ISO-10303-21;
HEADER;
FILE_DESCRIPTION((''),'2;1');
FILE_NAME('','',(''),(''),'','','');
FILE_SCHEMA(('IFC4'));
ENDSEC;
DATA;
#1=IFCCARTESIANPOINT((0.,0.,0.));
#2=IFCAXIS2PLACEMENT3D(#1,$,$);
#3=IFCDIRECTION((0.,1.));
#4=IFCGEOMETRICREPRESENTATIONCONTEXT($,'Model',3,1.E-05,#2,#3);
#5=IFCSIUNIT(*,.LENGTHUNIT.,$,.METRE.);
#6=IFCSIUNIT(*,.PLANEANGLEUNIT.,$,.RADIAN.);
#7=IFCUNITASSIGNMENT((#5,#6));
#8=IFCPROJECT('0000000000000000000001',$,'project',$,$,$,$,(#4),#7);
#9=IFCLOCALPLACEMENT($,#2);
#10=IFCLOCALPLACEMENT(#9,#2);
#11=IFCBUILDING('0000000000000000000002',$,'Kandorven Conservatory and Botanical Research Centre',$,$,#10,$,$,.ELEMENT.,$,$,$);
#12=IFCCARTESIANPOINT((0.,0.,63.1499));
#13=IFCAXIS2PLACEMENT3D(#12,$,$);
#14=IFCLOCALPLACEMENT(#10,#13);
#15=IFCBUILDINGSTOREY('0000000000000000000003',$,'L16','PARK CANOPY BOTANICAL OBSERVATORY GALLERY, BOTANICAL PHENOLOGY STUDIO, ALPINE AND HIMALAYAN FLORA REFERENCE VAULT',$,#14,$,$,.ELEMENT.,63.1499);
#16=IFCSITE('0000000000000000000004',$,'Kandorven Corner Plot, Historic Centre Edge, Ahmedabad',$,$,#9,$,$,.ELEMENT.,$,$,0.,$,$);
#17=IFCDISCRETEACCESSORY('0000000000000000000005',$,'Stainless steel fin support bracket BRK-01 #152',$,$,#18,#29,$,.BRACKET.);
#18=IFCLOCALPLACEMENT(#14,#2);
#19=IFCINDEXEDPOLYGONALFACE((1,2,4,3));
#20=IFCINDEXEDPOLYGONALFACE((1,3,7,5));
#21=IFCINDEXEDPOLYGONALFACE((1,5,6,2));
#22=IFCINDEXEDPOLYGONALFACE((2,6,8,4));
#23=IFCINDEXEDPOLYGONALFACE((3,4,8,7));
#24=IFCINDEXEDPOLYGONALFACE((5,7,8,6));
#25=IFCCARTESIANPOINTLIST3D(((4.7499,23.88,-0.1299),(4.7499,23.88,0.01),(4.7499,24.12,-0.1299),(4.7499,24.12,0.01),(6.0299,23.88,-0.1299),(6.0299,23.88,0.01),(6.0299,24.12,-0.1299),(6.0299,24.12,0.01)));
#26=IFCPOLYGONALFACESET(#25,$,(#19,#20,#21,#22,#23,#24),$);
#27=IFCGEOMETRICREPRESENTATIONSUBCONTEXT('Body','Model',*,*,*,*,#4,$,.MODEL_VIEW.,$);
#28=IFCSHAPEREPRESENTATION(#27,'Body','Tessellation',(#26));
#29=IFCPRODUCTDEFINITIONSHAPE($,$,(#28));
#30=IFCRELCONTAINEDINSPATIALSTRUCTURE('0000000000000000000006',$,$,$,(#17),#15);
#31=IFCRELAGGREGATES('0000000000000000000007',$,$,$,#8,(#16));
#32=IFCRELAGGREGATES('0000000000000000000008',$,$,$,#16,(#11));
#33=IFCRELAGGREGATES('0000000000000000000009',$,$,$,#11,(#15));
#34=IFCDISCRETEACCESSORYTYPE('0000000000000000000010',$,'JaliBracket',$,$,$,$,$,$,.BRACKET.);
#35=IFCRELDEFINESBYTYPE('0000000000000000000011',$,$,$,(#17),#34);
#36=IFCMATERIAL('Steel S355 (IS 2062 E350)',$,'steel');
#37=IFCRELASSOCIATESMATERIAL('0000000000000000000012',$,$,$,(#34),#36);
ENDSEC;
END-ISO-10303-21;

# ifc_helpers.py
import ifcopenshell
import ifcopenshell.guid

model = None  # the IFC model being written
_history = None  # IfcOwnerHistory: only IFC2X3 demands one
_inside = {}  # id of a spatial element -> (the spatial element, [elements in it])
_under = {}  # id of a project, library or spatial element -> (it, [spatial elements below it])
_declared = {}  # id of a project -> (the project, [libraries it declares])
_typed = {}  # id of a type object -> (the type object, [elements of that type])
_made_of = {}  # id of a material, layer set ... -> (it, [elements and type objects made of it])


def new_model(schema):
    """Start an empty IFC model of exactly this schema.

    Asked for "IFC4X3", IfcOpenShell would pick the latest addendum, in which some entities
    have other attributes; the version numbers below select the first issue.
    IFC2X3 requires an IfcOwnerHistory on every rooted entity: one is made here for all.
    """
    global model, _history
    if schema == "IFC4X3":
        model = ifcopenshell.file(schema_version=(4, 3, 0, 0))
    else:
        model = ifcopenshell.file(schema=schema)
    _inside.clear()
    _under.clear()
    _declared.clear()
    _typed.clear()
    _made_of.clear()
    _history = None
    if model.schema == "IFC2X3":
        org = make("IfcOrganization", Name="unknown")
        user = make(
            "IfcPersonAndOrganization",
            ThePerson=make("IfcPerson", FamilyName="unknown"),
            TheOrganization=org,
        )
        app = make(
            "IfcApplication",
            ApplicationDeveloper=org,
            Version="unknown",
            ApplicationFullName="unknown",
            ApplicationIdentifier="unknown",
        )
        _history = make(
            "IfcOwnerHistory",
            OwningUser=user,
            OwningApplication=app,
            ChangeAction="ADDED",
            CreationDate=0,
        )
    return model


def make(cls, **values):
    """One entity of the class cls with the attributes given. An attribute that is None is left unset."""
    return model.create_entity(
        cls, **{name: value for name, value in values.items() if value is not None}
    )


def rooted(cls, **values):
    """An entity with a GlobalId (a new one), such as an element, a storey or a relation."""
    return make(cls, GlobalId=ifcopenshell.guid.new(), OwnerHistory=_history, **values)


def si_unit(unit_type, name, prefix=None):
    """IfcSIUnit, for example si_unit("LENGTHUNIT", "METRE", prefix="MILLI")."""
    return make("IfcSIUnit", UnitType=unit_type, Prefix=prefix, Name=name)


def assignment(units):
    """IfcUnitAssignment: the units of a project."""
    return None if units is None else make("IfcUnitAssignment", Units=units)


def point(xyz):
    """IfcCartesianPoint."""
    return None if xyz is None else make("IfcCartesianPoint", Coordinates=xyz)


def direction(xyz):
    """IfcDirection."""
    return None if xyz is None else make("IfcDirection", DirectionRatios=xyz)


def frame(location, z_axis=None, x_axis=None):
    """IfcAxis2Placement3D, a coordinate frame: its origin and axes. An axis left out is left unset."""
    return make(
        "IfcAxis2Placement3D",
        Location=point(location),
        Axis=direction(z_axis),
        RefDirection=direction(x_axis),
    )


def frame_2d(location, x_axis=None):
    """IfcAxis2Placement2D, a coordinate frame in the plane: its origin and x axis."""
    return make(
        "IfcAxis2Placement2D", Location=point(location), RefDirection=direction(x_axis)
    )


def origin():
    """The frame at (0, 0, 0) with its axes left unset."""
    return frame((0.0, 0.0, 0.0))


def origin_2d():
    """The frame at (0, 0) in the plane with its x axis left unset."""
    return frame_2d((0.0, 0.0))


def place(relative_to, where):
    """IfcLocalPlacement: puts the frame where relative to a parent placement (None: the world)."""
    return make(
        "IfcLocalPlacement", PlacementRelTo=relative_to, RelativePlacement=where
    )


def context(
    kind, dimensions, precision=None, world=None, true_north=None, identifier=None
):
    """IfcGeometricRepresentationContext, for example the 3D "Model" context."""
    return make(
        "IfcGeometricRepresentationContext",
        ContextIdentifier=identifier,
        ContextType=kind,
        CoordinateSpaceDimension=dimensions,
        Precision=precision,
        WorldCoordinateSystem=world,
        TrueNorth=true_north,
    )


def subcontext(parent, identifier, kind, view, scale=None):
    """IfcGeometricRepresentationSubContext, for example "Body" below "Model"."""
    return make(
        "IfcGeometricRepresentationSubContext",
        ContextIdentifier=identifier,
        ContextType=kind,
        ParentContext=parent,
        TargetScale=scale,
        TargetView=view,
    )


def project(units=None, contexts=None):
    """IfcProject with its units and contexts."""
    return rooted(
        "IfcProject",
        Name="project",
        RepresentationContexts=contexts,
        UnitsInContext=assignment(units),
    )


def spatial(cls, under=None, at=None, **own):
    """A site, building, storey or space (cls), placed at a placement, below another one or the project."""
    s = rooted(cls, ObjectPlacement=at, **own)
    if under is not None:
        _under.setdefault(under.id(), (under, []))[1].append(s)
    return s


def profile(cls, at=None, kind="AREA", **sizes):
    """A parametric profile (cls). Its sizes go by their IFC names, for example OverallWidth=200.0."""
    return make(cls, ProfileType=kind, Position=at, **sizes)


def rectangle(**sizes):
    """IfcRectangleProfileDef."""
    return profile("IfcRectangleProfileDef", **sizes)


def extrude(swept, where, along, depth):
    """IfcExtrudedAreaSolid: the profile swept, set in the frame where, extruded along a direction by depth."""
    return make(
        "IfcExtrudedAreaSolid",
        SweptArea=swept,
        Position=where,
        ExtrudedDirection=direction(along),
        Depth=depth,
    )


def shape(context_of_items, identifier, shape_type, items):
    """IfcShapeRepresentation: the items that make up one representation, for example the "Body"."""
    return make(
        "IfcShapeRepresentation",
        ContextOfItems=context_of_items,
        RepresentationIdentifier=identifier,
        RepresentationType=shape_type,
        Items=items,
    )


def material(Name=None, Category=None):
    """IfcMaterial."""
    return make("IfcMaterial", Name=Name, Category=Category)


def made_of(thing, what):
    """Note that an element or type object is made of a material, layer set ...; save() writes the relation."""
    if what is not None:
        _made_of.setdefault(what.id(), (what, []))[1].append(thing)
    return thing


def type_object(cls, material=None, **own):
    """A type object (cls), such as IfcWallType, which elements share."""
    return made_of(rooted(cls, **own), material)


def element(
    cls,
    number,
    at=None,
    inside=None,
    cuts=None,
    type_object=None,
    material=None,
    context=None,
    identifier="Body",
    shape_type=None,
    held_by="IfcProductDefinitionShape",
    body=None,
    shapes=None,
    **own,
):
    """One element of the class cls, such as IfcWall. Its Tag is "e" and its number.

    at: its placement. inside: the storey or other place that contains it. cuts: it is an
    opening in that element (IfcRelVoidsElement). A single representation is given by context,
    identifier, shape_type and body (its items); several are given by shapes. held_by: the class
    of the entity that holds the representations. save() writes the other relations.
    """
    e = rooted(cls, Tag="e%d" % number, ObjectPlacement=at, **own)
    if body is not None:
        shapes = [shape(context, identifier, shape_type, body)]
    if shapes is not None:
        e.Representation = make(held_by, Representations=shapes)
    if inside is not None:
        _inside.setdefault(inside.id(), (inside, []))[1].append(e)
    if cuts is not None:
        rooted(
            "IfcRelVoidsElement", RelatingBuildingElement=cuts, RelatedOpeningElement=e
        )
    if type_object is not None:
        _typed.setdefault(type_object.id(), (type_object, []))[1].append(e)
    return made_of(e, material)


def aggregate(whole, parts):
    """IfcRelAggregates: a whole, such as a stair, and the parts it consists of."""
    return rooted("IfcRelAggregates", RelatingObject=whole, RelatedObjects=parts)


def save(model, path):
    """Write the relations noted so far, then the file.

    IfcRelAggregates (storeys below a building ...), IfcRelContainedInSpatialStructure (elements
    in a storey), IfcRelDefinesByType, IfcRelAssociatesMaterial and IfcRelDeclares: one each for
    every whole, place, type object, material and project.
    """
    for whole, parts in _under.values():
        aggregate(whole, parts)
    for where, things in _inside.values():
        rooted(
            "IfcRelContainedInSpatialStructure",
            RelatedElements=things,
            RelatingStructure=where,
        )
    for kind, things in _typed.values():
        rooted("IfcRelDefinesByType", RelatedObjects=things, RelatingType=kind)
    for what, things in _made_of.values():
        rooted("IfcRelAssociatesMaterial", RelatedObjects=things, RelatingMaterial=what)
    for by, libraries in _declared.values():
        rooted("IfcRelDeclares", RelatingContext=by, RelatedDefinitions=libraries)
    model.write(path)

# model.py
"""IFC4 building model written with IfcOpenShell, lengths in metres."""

from ifc_helpers import new_model, si_unit, direction, frame, origin, origin_2d, place, context, subcontext, project, spatial, rectangle, extrude, material, type_object, element, save


model = new_model("IFC4")

# Units and contexts
model_context = context("Model", 3, precision=1e-05, world=origin(), true_north=direction((0.0, 1.0)))
body_context = subcontext(model_context, "Body", "Model", "MODEL_VIEW")
ifc_project = project(units=[si_unit("LENGTHUNIT", "METRE"), si_unit("PLANEANGLEUNIT", "RADIAN")], contexts=[model_context])

# Site, building, storey
site_placement = place(None, origin())
site = spatial("IfcSite", under=ifc_project, at=site_placement, Name="Kandorven Corner Plot, Historic Centre Edge, Ahmedabad", CompositionType="ELEMENT", RefElevation=0.0)
building_placement = place(site_placement, origin())
building = spatial("IfcBuilding", under=site, at=building_placement, Name="Kandorven Conservatory and Botanical Research Centre", CompositionType="ELEMENT")
storey_placement = place(building_placement, frame((0.0, 0.0, 63.1499)))
storey = spatial("IfcBuildingStorey", under=building, at=storey_placement, Name="L16", Description="PARK CANOPY BOTANICAL OBSERVATORY GALLERY, BOTANICAL PHENOLOGY STUDIO, ALPINE AND HIMALAYAN FLORA REFERENCE VAULT", CompositionType="ELEMENT", Elevation=63.1499)

# Discrete accessory
ifc_material_1 = material(Name="Steel S355 (IS 2062 E350)", Category="steel")
discrete_accessory_type = type_object("IfcDiscreteAccessoryType", Name="JaliBracket", PredefinedType="BRACKET", material=ifc_material_1)
discrete_accessory_placement = place(storey_placement, frame((5.3899, 24.0, -0.1299), z_axis=(0.0, 0.0, 1.0), x_axis=(1.0, 0.0, 0.0)))
element("IfcDiscreteAccessory", 1, at=discrete_accessory_placement, inside=storey, type_object=discrete_accessory_type, Name="Stainless steel fin support bracket BRK-01 #152", PredefinedType="BRACKET", context=body_context, shape_type="SweptSolid", body=[
    extrude(rectangle(XDim=1.28, YDim=0.24, at=origin_2d()), origin(), (0.0, 0.0, 1.0), 0.1399),
])

save(model, "model.ifc")
